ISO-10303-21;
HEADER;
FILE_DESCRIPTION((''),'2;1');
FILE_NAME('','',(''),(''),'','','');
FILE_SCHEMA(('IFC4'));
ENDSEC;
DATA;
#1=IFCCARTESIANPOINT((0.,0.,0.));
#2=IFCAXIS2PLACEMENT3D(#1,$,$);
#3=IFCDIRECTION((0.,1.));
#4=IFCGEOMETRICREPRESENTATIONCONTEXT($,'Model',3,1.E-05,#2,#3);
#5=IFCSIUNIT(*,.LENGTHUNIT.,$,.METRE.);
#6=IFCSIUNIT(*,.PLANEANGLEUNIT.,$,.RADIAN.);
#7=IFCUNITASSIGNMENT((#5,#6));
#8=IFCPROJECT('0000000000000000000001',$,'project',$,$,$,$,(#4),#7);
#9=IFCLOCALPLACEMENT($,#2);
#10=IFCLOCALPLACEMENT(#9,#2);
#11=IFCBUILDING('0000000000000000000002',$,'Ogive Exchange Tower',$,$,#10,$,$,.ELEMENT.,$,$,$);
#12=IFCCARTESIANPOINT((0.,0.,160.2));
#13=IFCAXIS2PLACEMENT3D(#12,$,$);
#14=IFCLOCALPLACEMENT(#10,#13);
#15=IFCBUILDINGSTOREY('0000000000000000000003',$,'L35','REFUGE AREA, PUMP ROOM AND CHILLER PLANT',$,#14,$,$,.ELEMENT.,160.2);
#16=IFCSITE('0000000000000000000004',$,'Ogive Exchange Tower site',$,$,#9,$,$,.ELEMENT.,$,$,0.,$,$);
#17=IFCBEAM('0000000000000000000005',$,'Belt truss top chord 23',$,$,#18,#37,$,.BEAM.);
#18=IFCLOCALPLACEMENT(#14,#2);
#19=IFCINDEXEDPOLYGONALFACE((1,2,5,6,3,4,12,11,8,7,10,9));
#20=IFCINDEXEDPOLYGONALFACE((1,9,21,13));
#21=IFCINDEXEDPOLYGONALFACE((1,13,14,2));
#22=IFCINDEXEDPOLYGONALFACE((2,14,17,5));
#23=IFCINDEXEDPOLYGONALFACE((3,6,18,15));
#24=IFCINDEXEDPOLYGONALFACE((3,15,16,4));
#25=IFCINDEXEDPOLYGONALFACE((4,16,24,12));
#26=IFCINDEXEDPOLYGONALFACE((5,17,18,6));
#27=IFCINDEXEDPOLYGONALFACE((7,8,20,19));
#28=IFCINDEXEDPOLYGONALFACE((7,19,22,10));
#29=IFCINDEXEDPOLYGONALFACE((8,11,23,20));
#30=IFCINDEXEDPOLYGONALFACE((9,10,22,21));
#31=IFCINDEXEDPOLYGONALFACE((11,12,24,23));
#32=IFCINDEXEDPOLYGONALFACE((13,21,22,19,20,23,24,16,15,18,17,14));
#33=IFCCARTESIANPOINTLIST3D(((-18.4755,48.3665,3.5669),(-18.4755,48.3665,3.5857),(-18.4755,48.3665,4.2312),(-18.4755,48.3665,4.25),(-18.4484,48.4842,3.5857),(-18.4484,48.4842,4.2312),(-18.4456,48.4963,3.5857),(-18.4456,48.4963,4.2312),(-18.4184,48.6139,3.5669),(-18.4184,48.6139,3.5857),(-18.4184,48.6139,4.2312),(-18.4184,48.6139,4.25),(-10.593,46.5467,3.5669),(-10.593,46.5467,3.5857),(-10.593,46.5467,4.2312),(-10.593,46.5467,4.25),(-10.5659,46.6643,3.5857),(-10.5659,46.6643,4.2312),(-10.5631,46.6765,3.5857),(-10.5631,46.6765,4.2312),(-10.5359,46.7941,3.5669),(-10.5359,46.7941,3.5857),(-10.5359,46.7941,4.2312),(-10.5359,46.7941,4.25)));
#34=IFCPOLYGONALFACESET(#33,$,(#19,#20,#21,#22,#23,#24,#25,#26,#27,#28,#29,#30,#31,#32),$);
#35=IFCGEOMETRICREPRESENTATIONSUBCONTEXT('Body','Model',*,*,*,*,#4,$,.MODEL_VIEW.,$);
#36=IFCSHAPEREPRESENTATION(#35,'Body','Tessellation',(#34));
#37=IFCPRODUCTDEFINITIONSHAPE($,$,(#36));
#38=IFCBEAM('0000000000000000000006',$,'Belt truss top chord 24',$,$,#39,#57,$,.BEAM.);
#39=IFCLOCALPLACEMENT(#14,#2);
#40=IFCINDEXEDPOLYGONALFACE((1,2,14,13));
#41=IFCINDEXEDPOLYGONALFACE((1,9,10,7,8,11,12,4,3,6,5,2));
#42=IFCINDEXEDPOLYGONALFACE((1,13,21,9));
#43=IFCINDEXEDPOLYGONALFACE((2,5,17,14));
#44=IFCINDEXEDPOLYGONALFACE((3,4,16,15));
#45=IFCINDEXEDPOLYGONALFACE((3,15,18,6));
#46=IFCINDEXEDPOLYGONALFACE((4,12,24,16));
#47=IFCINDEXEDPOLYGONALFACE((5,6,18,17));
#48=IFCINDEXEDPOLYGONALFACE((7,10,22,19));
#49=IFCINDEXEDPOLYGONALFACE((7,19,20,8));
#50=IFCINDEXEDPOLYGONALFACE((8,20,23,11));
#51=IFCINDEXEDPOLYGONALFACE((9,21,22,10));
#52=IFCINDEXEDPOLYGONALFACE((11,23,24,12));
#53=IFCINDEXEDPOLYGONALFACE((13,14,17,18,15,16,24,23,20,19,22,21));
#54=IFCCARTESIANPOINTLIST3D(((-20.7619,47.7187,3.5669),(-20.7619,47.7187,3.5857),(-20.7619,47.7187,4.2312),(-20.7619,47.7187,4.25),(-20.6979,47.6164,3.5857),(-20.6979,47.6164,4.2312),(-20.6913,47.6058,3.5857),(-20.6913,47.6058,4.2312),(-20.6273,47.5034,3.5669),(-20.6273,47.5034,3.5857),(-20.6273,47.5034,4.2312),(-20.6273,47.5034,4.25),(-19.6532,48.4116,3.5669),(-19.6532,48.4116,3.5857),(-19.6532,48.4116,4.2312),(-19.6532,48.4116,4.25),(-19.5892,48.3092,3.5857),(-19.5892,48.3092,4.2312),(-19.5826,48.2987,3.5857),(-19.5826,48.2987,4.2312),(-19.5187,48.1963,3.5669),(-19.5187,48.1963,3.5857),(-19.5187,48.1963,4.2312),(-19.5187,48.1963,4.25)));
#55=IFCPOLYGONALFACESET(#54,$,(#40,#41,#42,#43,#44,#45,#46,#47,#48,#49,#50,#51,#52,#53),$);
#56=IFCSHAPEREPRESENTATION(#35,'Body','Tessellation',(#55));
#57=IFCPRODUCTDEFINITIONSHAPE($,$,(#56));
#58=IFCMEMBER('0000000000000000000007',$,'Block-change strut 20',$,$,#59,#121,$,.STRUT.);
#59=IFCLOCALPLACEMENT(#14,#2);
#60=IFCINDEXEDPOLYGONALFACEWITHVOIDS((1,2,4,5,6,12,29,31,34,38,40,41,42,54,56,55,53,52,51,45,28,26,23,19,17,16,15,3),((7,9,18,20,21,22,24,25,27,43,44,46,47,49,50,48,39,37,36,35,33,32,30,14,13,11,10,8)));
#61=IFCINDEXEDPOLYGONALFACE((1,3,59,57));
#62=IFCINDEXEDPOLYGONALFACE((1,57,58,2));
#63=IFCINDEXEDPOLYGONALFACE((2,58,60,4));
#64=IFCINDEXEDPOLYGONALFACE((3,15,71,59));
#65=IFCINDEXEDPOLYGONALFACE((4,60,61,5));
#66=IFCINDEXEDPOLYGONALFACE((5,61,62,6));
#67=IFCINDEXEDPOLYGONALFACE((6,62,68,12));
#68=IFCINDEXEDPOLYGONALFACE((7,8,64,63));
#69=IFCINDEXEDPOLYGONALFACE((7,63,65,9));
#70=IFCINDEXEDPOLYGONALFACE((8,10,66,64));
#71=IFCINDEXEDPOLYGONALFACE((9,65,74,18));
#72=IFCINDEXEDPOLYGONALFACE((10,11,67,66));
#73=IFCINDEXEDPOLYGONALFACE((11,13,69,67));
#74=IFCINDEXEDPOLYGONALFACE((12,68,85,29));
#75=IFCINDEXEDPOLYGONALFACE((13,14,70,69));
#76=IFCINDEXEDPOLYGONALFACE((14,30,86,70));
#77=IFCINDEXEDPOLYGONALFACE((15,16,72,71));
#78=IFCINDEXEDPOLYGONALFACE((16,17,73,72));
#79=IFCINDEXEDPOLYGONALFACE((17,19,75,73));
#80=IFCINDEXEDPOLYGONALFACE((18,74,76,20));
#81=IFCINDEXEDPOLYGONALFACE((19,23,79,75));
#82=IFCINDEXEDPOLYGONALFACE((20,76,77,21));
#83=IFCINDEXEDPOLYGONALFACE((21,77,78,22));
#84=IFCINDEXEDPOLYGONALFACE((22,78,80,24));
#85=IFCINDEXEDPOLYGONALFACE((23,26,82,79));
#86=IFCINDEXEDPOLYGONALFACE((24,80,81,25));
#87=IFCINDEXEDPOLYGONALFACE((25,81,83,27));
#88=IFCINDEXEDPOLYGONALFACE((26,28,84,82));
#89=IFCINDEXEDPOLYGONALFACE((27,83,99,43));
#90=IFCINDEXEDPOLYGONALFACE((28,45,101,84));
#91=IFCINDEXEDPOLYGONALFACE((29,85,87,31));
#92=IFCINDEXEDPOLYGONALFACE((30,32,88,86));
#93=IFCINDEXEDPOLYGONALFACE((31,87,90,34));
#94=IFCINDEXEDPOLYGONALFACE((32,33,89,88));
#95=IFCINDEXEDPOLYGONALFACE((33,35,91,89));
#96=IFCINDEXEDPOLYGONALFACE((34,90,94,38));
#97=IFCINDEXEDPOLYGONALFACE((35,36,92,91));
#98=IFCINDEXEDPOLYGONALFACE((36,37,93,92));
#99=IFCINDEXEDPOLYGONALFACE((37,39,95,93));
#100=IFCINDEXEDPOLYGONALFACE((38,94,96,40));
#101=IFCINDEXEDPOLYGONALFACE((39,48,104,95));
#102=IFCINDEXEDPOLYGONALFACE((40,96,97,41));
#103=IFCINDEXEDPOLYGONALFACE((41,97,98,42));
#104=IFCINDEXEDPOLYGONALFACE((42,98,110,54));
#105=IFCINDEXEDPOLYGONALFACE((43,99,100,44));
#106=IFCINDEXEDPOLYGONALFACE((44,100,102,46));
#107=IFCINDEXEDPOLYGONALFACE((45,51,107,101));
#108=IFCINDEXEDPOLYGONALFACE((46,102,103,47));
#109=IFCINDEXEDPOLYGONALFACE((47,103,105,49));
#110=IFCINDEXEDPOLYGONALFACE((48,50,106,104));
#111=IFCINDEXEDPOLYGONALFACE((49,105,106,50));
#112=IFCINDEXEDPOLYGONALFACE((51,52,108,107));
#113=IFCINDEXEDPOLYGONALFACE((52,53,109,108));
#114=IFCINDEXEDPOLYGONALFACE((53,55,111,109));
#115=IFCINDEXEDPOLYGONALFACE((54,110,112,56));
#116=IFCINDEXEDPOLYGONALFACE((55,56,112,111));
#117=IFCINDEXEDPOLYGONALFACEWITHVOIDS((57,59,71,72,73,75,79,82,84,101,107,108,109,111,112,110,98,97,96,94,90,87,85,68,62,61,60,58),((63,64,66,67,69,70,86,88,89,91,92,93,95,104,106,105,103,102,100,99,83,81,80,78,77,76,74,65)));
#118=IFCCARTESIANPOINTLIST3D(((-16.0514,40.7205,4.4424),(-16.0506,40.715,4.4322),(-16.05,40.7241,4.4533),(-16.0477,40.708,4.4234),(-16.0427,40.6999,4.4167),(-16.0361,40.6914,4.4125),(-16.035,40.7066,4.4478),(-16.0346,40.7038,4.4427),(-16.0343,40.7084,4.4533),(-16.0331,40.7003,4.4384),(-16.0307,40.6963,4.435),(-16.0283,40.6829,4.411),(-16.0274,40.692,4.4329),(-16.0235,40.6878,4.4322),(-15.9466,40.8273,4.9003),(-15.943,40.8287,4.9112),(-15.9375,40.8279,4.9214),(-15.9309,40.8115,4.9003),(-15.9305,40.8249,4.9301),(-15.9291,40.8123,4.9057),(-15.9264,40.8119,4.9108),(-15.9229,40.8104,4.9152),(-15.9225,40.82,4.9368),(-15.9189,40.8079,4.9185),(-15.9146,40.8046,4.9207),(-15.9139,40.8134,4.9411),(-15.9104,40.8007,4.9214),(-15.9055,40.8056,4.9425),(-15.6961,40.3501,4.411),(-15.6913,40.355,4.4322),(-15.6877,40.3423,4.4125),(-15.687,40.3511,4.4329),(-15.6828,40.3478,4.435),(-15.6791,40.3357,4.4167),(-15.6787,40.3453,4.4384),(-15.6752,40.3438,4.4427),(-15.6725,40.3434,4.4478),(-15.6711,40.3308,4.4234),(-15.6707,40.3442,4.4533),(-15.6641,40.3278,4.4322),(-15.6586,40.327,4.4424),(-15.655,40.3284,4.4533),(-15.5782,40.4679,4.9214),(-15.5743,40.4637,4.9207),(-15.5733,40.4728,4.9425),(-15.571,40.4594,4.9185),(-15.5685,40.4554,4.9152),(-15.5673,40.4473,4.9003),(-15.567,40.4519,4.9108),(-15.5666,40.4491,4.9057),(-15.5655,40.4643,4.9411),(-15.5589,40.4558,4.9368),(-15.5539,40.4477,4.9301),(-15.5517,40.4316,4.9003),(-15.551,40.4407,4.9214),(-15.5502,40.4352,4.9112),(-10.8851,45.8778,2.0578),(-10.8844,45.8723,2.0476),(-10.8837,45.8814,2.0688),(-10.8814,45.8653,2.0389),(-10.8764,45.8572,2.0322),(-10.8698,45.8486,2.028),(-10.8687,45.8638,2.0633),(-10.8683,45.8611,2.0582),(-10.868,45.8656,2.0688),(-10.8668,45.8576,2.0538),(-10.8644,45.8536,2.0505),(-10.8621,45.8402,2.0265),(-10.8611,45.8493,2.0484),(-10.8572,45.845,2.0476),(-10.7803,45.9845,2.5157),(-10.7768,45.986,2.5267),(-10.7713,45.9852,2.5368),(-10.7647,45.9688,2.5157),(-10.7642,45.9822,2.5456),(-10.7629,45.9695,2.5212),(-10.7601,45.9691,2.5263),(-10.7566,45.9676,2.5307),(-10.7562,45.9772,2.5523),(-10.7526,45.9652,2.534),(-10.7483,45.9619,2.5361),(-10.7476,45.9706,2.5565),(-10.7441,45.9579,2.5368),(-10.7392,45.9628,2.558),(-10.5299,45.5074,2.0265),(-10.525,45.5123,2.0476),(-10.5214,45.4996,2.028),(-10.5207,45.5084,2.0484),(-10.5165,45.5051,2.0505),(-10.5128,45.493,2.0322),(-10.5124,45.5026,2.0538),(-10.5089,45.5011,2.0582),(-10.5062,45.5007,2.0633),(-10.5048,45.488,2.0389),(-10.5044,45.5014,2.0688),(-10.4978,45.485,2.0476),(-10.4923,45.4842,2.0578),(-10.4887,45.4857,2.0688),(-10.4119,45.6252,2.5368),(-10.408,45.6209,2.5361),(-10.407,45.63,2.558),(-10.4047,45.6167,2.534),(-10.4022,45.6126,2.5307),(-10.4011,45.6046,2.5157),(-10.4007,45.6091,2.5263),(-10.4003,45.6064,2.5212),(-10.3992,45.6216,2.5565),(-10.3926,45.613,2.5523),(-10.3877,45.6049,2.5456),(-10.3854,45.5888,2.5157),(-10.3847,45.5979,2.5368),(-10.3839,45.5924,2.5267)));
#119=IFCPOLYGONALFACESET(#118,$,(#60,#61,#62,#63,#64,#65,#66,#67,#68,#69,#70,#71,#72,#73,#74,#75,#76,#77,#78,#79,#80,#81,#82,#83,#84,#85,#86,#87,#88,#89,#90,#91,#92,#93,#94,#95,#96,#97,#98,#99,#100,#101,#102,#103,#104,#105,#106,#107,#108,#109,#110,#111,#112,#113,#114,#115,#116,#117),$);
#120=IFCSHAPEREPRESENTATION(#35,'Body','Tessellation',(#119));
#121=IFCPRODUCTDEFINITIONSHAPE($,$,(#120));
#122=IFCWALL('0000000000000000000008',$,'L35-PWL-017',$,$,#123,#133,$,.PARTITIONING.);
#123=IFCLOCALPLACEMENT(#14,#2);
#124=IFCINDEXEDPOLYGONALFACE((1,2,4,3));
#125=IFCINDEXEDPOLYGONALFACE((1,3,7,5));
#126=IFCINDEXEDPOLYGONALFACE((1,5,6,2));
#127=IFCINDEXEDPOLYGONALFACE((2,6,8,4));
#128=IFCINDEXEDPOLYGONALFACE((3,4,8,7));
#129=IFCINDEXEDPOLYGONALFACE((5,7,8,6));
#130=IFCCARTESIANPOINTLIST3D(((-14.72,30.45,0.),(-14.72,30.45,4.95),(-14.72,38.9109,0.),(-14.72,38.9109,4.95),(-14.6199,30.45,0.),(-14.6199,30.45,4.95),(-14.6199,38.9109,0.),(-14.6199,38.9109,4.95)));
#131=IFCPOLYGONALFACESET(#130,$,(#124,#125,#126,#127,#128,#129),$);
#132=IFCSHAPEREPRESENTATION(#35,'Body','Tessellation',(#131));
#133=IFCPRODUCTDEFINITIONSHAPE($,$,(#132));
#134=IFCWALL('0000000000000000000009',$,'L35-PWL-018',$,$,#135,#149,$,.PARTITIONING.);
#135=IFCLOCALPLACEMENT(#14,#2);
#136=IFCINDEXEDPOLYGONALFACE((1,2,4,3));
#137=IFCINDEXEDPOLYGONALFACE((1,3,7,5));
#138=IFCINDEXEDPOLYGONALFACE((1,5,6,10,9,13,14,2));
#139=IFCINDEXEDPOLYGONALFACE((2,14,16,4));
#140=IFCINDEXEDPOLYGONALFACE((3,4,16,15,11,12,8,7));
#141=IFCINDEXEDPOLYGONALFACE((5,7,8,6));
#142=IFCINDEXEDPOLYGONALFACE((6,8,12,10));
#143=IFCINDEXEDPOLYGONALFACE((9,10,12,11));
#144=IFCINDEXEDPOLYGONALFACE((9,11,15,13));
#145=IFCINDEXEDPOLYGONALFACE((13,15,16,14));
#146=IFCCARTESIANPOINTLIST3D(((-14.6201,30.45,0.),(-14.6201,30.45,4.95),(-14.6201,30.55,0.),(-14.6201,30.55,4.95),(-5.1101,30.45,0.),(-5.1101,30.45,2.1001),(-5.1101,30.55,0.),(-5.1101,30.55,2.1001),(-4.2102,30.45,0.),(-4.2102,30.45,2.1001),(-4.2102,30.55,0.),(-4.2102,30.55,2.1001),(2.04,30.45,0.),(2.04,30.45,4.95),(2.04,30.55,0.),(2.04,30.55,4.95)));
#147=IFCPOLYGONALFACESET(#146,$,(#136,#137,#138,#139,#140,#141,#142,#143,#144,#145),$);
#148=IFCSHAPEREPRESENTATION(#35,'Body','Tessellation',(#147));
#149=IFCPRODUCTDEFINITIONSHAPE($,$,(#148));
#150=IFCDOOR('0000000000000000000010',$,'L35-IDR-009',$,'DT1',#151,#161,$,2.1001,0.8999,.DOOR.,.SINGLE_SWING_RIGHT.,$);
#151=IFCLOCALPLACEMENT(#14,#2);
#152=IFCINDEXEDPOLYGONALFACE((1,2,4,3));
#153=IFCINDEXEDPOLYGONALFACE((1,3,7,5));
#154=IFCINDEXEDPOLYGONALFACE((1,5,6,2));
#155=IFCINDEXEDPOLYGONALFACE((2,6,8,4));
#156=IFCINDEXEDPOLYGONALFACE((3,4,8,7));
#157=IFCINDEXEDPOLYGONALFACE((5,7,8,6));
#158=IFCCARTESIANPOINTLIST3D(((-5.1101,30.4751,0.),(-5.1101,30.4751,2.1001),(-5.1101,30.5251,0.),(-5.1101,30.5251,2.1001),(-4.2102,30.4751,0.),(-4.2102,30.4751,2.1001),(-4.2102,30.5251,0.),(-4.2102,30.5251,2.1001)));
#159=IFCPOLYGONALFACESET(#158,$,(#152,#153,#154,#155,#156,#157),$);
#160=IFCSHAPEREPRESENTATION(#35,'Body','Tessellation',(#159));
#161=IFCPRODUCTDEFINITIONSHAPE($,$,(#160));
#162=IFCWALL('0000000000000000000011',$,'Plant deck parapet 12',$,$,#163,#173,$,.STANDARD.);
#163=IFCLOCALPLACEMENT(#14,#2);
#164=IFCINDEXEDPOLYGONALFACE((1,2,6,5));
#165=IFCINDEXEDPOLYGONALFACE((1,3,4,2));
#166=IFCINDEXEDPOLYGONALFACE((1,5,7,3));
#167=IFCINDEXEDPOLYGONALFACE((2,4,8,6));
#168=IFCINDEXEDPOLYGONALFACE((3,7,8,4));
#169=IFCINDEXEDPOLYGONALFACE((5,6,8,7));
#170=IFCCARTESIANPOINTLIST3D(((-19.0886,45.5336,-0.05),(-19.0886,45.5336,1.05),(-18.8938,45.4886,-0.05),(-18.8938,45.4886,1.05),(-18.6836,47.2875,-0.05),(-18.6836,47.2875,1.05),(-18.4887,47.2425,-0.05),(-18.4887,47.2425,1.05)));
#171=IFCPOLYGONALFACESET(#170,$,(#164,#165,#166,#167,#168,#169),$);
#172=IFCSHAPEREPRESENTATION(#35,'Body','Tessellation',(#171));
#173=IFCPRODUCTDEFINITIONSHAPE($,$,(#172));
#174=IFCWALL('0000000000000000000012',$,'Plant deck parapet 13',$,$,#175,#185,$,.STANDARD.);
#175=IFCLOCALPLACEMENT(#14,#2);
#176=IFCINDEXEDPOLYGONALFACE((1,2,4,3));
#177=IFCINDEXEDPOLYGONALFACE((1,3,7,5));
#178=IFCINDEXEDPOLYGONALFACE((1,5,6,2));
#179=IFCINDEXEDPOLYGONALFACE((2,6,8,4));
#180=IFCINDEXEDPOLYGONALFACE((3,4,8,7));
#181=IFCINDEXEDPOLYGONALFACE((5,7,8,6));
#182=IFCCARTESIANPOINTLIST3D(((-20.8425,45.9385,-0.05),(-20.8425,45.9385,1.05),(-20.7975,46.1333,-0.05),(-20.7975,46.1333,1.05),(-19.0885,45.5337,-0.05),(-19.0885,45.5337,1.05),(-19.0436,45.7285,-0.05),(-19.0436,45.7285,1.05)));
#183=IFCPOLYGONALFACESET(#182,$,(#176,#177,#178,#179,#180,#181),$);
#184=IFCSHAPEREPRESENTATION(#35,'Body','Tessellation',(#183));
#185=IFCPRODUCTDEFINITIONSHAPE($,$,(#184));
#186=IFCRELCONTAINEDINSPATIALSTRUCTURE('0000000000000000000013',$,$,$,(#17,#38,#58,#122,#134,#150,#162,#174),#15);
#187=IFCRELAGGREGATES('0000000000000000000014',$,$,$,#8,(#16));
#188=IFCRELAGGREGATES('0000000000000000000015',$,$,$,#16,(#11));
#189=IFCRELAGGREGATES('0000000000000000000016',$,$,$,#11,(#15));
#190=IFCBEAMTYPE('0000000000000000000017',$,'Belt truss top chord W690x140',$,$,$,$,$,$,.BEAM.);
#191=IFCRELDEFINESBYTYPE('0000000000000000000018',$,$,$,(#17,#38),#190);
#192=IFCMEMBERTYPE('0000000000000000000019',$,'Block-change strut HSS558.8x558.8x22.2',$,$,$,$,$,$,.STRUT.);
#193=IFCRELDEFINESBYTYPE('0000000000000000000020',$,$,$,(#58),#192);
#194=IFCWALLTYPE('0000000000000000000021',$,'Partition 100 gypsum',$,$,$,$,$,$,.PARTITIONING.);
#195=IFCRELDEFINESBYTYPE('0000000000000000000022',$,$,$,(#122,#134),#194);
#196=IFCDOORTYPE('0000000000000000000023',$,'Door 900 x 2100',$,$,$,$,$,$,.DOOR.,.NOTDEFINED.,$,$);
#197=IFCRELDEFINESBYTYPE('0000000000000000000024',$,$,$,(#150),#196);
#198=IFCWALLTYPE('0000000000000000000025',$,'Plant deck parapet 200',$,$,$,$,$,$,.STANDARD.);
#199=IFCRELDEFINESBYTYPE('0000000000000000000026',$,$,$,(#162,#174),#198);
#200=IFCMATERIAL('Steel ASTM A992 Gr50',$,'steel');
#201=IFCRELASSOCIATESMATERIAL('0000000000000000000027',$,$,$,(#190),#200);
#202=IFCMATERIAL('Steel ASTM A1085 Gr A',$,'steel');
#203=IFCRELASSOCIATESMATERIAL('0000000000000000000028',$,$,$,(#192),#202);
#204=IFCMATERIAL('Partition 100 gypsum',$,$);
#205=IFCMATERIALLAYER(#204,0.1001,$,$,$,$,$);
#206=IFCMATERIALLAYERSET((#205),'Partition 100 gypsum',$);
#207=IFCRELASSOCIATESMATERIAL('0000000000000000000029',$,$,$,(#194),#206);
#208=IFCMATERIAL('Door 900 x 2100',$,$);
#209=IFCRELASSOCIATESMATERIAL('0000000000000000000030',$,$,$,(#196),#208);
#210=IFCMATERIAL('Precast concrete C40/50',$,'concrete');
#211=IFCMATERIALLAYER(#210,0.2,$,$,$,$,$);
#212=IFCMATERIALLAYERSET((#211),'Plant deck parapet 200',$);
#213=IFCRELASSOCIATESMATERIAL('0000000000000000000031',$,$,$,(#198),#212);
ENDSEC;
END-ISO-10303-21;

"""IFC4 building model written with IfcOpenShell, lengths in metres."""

from ifc_helpers import new_model, si_unit, direction, frame, frame_2d, origin, origin_2d, place, context, subcontext, project, spatial, rectangle, hollow_rectangle, i_section, extrude, material, layer, layer_set, material_profile, profile_set, type_object, element, fill, save


model = new_model("IFC4")

# Units and contexts
model_context = context("Model", 3, precision=1e-05, world=origin(), true_north=direction((0.0, 1.0)))
body_context = subcontext(model_context, "Body", "Model", "MODEL_VIEW")
ifc_project = project(units=[si_unit("LENGTHUNIT", "METRE"), si_unit("PLANEANGLEUNIT", "RADIAN")], contexts=[model_context])

# Site, building, storey
site_placement = place(None, origin())
site = spatial("IfcSite", under=ifc_project, at=site_placement, Name="Ogive Exchange Tower site", CompositionType="ELEMENT", RefElevation=0.0)
building_placement = place(site_placement, origin())
building = spatial("IfcBuilding", under=site, at=building_placement, Name="Ogive Exchange Tower", CompositionType="ELEMENT")
storey_placement = place(building_placement, frame((0.0, 0.0, 160.2)))
storey = spatial("IfcBuildingStorey", under=building, at=storey_placement, Name="L35", Description="REFUGE AREA, PUMP ROOM AND CHILLER PLANT", CompositionType="ELEMENT", Elevation=160.2)

# Shared definitions
ifc_material_1 = material(Name="Steel ASTM A992 Gr50", Category="steel")

# Shared definitions
ifc_material_2 = material(Name="Steel ASTM A1085 Gr A", Category="steel")

# Beams
ifc_material_profile_1 = material_profile(ifc_material_1, i_section(OverallWidth=0.2539, OverallDepth=0.6831, WebThickness=0.0125, FlangeThickness=0.0188, at=origin_2d()), Name="W690x140")
ifc_profile_set_1 = profile_set([ifc_material_profile_1], Name="Steel ASTM A992 Gr50")
beam_type_1 = type_object("IfcBeamType", Name="Belt truss top chord W690x140", PredefinedType="BEAM", material=ifc_profile_set_1)
beam_1_placement = place(storey_placement, frame((-10.5645, 46.6704, 3.9084), z_axis=(-0.97437, 0.22495, 0.0), x_axis=(-0.22495, -0.97437, 0.0)))
element("IfcBeam", 1, at=beam_1_placement, inside=storey, type_object=beam_type_1, Name="Belt truss top chord 23", PredefinedType="BEAM", context=body_context, shape_type="SweptSolid", body=[
    extrude(i_section(OverallWidth=0.2539, OverallDepth=0.6831, WebThickness=0.0125, FlangeThickness=0.0188, at=origin_2d()), origin(), (0.0, 0.0, 1.0), 8.0898),
])
beam_2_placement = place(storey_placement, frame((-19.5859, 48.304, 3.9084), z_axis=(-0.848009, -0.529982, 0.0), x_axis=(0.529982, -0.848009, 0.0)))
element("IfcBeam", 2, at=beam_2_placement, inside=storey, type_object=beam_type_1, Name="Belt truss top chord 24", PredefinedType="BEAM", context=body_context, shape_type="SweptSolid", body=[
    extrude(i_section(OverallWidth=0.2539, OverallDepth=0.6831, WebThickness=0.0125, FlangeThickness=0.0188, at=origin_2d()), origin(), (0.0, 0.0, 1.0), 1.3074),
])

# Member
ifc_material_profile_2 = material_profile(ifc_material_2, hollow_rectangle(XDim=0.5591, YDim=0.5591, WallThickness=0.0222, InnerFilletRadius=0.0222, OuterFilletRadius=0.0444, at=origin_2d()), Name="HSS558.8x558.8x22.2")
ifc_profile_set_2 = profile_set([ifc_material_profile_2], Name="Steel ASTM A1085 Gr A")
member_type_1 = type_object("IfcMemberType", Name="Block-change strut HSS558.8x558.8x22.2", PredefinedType="STRUT", material=ifc_profile_set_2)
member_placement = place(storey_placement, frame((-10.6345, 45.7351, 2.2922), z_axis=(-0.672743, -0.671566, 0.310509), x_axis=(0.706488, -0.707725, 0.0)))
element("IfcMember", 3, at=member_placement, inside=storey, type_object=member_type_1, Name="Block-change strut 20", PredefinedType="STRUT", context=body_context, shape_type="SweptSolid", body=[
    extrude(hollow_rectangle(XDim=0.5591, YDim=0.5591, WallThickness=0.0222, InnerFilletRadius=0.0222, OuterFilletRadius=0.0444, at=origin_2d()), origin(), (0.0, 0.0, 1.0), 7.6794),
])

# Wall
ifc_material_3 = material(Name="Partition 100 gypsum")
ifc_layer_1 = layer(ifc_material_3, 0.1001)
ifc_layer_set_1 = layer_set([ifc_layer_1], Name="Partition 100 gypsum")
wall_type_1 = type_object("IfcWallType", Name="Partition 100 gypsum", PredefinedType="PARTITIONING", material=ifc_layer_set_1)
wall_1_placement = place(storey_placement, frame((-14.6699, 30.45, 0.0), z_axis=(0.0, 0.0, 1.0), x_axis=(0.0, 1.0, 0.0)))
element("IfcWall", 4, at=wall_1_placement, inside=storey, type_object=wall_type_1, Name="L35-PWL-017", PredefinedType="PARTITIONING", context=body_context, shape_type="SweptSolid", body=[
    extrude(rectangle(XDim=8.4609, YDim=0.1001, at=frame_2d((4.2305, 0.0))), origin(), (0.0, 0.0, 1.0), 4.95),
])

# Wall, opening, door
wall_2_placement = place(storey_placement, frame((-14.6201, 30.5, 0.0), z_axis=(0.0, 0.0, 1.0), x_axis=(1.0, 0.0, 0.0)))
wall_2 = element("IfcWall", 5, at=wall_2_placement, inside=storey, type_object=wall_type_1, Name="L35-PWL-018", PredefinedType="PARTITIONING", context=body_context, shape_type="SweptSolid", body=[
    extrude(rectangle(XDim=16.6602, YDim=0.1001, at=frame_2d((8.3301, 0.0))), origin(), (0.0, 0.0, 1.0), 4.95),
])
opening_placement = place(wall_2_placement, frame((9.51, 0.0, 0.0)))
opening = element("IfcOpeningElement", 6, at=opening_placement, cuts=wall_2, PredefinedType="OPENING", context=body_context, shape_type="SweptSolid", body=[
    extrude(rectangle(XDim=0.8999, YDim=2.1001, at=frame_2d((0.45, 1.05))), frame((0.0, 0.0601, 0.0), z_axis=(0.0, -1.0, 0.0), x_axis=(1.0, 0.0, 0.0)), (0.0, 0.0, 1.0), 0.1201),
])
ifc_material_4 = material(Name="Door 900 x 2100")
door_type = type_object("IfcDoorType", Name="Door 900 x 2100", OperationType="NOTDEFINED", PredefinedType="DOOR", material=ifc_material_4)
door_placement = place(opening_placement, frame((0.8999, 0.0, 0.0), z_axis=(0.0, 0.0, 1.0), x_axis=(-1.0, 0.0, 0.0)))
door = element("IfcDoor", 7, at=door_placement, inside=storey, type_object=door_type, Name="L35-IDR-009", ObjectType="DT1", OperationType="SINGLE_SWING_RIGHT", OverallHeight=2.1001, OverallWidth=0.8999, PredefinedType="DOOR", context=body_context, shape_type="SweptSolid", body=[
    extrude(rectangle(XDim=0.8999, YDim=2.1001, at=frame_2d((0.45, 1.05))), frame((0.0, 0.0249, 0.0), z_axis=(0.0, -1.0, 0.0), x_axis=(1.0, 0.0, 0.0)), (0.0, 0.0, 1.0), 0.05),
])
fill(opening, door)

# Walls
ifc_material_5 = material(Name="Precast concrete C40/50", Category="concrete")
ifc_layer_2 = layer(ifc_material_5, 0.2)
ifc_layer_set_2 = layer_set([ifc_layer_2], Name="Plant deck parapet 200")
wall_type_2 = type_object("IfcWallType", Name="Plant deck parapet 200", PredefinedType="STANDARD", material=ifc_layer_set_2)
for number, where, z_axis, x_axis, name in (
    (8, (-18.5862, 47.2649, -0.05), (0.0, 0.0, 1.0), (-0.225008, -0.974357, 0.0), "Plant deck parapet 12"),
    (9, (-19.0662, 45.6311, -0.05), (0.0, 0.0, 1.0), (-0.974387, 0.224879, 0.0), "Plant deck parapet 13"),
):
    element("IfcWall", number, at=place(storey_placement, frame(where, z_axis=z_axis, x_axis=x_axis)), inside=storey, type_object=wall_type_2, Name=name, PredefinedType="STANDARD", context=body_context, shape_type="SweptSolid", body=[
        extrude(rectangle(XDim=1.8, YDim=0.2, at=frame_2d((0.8999, 0.0))), origin(), (0.0, 0.0, 1.0), 1.1001),
    ])

save(model, "model.ifc")
